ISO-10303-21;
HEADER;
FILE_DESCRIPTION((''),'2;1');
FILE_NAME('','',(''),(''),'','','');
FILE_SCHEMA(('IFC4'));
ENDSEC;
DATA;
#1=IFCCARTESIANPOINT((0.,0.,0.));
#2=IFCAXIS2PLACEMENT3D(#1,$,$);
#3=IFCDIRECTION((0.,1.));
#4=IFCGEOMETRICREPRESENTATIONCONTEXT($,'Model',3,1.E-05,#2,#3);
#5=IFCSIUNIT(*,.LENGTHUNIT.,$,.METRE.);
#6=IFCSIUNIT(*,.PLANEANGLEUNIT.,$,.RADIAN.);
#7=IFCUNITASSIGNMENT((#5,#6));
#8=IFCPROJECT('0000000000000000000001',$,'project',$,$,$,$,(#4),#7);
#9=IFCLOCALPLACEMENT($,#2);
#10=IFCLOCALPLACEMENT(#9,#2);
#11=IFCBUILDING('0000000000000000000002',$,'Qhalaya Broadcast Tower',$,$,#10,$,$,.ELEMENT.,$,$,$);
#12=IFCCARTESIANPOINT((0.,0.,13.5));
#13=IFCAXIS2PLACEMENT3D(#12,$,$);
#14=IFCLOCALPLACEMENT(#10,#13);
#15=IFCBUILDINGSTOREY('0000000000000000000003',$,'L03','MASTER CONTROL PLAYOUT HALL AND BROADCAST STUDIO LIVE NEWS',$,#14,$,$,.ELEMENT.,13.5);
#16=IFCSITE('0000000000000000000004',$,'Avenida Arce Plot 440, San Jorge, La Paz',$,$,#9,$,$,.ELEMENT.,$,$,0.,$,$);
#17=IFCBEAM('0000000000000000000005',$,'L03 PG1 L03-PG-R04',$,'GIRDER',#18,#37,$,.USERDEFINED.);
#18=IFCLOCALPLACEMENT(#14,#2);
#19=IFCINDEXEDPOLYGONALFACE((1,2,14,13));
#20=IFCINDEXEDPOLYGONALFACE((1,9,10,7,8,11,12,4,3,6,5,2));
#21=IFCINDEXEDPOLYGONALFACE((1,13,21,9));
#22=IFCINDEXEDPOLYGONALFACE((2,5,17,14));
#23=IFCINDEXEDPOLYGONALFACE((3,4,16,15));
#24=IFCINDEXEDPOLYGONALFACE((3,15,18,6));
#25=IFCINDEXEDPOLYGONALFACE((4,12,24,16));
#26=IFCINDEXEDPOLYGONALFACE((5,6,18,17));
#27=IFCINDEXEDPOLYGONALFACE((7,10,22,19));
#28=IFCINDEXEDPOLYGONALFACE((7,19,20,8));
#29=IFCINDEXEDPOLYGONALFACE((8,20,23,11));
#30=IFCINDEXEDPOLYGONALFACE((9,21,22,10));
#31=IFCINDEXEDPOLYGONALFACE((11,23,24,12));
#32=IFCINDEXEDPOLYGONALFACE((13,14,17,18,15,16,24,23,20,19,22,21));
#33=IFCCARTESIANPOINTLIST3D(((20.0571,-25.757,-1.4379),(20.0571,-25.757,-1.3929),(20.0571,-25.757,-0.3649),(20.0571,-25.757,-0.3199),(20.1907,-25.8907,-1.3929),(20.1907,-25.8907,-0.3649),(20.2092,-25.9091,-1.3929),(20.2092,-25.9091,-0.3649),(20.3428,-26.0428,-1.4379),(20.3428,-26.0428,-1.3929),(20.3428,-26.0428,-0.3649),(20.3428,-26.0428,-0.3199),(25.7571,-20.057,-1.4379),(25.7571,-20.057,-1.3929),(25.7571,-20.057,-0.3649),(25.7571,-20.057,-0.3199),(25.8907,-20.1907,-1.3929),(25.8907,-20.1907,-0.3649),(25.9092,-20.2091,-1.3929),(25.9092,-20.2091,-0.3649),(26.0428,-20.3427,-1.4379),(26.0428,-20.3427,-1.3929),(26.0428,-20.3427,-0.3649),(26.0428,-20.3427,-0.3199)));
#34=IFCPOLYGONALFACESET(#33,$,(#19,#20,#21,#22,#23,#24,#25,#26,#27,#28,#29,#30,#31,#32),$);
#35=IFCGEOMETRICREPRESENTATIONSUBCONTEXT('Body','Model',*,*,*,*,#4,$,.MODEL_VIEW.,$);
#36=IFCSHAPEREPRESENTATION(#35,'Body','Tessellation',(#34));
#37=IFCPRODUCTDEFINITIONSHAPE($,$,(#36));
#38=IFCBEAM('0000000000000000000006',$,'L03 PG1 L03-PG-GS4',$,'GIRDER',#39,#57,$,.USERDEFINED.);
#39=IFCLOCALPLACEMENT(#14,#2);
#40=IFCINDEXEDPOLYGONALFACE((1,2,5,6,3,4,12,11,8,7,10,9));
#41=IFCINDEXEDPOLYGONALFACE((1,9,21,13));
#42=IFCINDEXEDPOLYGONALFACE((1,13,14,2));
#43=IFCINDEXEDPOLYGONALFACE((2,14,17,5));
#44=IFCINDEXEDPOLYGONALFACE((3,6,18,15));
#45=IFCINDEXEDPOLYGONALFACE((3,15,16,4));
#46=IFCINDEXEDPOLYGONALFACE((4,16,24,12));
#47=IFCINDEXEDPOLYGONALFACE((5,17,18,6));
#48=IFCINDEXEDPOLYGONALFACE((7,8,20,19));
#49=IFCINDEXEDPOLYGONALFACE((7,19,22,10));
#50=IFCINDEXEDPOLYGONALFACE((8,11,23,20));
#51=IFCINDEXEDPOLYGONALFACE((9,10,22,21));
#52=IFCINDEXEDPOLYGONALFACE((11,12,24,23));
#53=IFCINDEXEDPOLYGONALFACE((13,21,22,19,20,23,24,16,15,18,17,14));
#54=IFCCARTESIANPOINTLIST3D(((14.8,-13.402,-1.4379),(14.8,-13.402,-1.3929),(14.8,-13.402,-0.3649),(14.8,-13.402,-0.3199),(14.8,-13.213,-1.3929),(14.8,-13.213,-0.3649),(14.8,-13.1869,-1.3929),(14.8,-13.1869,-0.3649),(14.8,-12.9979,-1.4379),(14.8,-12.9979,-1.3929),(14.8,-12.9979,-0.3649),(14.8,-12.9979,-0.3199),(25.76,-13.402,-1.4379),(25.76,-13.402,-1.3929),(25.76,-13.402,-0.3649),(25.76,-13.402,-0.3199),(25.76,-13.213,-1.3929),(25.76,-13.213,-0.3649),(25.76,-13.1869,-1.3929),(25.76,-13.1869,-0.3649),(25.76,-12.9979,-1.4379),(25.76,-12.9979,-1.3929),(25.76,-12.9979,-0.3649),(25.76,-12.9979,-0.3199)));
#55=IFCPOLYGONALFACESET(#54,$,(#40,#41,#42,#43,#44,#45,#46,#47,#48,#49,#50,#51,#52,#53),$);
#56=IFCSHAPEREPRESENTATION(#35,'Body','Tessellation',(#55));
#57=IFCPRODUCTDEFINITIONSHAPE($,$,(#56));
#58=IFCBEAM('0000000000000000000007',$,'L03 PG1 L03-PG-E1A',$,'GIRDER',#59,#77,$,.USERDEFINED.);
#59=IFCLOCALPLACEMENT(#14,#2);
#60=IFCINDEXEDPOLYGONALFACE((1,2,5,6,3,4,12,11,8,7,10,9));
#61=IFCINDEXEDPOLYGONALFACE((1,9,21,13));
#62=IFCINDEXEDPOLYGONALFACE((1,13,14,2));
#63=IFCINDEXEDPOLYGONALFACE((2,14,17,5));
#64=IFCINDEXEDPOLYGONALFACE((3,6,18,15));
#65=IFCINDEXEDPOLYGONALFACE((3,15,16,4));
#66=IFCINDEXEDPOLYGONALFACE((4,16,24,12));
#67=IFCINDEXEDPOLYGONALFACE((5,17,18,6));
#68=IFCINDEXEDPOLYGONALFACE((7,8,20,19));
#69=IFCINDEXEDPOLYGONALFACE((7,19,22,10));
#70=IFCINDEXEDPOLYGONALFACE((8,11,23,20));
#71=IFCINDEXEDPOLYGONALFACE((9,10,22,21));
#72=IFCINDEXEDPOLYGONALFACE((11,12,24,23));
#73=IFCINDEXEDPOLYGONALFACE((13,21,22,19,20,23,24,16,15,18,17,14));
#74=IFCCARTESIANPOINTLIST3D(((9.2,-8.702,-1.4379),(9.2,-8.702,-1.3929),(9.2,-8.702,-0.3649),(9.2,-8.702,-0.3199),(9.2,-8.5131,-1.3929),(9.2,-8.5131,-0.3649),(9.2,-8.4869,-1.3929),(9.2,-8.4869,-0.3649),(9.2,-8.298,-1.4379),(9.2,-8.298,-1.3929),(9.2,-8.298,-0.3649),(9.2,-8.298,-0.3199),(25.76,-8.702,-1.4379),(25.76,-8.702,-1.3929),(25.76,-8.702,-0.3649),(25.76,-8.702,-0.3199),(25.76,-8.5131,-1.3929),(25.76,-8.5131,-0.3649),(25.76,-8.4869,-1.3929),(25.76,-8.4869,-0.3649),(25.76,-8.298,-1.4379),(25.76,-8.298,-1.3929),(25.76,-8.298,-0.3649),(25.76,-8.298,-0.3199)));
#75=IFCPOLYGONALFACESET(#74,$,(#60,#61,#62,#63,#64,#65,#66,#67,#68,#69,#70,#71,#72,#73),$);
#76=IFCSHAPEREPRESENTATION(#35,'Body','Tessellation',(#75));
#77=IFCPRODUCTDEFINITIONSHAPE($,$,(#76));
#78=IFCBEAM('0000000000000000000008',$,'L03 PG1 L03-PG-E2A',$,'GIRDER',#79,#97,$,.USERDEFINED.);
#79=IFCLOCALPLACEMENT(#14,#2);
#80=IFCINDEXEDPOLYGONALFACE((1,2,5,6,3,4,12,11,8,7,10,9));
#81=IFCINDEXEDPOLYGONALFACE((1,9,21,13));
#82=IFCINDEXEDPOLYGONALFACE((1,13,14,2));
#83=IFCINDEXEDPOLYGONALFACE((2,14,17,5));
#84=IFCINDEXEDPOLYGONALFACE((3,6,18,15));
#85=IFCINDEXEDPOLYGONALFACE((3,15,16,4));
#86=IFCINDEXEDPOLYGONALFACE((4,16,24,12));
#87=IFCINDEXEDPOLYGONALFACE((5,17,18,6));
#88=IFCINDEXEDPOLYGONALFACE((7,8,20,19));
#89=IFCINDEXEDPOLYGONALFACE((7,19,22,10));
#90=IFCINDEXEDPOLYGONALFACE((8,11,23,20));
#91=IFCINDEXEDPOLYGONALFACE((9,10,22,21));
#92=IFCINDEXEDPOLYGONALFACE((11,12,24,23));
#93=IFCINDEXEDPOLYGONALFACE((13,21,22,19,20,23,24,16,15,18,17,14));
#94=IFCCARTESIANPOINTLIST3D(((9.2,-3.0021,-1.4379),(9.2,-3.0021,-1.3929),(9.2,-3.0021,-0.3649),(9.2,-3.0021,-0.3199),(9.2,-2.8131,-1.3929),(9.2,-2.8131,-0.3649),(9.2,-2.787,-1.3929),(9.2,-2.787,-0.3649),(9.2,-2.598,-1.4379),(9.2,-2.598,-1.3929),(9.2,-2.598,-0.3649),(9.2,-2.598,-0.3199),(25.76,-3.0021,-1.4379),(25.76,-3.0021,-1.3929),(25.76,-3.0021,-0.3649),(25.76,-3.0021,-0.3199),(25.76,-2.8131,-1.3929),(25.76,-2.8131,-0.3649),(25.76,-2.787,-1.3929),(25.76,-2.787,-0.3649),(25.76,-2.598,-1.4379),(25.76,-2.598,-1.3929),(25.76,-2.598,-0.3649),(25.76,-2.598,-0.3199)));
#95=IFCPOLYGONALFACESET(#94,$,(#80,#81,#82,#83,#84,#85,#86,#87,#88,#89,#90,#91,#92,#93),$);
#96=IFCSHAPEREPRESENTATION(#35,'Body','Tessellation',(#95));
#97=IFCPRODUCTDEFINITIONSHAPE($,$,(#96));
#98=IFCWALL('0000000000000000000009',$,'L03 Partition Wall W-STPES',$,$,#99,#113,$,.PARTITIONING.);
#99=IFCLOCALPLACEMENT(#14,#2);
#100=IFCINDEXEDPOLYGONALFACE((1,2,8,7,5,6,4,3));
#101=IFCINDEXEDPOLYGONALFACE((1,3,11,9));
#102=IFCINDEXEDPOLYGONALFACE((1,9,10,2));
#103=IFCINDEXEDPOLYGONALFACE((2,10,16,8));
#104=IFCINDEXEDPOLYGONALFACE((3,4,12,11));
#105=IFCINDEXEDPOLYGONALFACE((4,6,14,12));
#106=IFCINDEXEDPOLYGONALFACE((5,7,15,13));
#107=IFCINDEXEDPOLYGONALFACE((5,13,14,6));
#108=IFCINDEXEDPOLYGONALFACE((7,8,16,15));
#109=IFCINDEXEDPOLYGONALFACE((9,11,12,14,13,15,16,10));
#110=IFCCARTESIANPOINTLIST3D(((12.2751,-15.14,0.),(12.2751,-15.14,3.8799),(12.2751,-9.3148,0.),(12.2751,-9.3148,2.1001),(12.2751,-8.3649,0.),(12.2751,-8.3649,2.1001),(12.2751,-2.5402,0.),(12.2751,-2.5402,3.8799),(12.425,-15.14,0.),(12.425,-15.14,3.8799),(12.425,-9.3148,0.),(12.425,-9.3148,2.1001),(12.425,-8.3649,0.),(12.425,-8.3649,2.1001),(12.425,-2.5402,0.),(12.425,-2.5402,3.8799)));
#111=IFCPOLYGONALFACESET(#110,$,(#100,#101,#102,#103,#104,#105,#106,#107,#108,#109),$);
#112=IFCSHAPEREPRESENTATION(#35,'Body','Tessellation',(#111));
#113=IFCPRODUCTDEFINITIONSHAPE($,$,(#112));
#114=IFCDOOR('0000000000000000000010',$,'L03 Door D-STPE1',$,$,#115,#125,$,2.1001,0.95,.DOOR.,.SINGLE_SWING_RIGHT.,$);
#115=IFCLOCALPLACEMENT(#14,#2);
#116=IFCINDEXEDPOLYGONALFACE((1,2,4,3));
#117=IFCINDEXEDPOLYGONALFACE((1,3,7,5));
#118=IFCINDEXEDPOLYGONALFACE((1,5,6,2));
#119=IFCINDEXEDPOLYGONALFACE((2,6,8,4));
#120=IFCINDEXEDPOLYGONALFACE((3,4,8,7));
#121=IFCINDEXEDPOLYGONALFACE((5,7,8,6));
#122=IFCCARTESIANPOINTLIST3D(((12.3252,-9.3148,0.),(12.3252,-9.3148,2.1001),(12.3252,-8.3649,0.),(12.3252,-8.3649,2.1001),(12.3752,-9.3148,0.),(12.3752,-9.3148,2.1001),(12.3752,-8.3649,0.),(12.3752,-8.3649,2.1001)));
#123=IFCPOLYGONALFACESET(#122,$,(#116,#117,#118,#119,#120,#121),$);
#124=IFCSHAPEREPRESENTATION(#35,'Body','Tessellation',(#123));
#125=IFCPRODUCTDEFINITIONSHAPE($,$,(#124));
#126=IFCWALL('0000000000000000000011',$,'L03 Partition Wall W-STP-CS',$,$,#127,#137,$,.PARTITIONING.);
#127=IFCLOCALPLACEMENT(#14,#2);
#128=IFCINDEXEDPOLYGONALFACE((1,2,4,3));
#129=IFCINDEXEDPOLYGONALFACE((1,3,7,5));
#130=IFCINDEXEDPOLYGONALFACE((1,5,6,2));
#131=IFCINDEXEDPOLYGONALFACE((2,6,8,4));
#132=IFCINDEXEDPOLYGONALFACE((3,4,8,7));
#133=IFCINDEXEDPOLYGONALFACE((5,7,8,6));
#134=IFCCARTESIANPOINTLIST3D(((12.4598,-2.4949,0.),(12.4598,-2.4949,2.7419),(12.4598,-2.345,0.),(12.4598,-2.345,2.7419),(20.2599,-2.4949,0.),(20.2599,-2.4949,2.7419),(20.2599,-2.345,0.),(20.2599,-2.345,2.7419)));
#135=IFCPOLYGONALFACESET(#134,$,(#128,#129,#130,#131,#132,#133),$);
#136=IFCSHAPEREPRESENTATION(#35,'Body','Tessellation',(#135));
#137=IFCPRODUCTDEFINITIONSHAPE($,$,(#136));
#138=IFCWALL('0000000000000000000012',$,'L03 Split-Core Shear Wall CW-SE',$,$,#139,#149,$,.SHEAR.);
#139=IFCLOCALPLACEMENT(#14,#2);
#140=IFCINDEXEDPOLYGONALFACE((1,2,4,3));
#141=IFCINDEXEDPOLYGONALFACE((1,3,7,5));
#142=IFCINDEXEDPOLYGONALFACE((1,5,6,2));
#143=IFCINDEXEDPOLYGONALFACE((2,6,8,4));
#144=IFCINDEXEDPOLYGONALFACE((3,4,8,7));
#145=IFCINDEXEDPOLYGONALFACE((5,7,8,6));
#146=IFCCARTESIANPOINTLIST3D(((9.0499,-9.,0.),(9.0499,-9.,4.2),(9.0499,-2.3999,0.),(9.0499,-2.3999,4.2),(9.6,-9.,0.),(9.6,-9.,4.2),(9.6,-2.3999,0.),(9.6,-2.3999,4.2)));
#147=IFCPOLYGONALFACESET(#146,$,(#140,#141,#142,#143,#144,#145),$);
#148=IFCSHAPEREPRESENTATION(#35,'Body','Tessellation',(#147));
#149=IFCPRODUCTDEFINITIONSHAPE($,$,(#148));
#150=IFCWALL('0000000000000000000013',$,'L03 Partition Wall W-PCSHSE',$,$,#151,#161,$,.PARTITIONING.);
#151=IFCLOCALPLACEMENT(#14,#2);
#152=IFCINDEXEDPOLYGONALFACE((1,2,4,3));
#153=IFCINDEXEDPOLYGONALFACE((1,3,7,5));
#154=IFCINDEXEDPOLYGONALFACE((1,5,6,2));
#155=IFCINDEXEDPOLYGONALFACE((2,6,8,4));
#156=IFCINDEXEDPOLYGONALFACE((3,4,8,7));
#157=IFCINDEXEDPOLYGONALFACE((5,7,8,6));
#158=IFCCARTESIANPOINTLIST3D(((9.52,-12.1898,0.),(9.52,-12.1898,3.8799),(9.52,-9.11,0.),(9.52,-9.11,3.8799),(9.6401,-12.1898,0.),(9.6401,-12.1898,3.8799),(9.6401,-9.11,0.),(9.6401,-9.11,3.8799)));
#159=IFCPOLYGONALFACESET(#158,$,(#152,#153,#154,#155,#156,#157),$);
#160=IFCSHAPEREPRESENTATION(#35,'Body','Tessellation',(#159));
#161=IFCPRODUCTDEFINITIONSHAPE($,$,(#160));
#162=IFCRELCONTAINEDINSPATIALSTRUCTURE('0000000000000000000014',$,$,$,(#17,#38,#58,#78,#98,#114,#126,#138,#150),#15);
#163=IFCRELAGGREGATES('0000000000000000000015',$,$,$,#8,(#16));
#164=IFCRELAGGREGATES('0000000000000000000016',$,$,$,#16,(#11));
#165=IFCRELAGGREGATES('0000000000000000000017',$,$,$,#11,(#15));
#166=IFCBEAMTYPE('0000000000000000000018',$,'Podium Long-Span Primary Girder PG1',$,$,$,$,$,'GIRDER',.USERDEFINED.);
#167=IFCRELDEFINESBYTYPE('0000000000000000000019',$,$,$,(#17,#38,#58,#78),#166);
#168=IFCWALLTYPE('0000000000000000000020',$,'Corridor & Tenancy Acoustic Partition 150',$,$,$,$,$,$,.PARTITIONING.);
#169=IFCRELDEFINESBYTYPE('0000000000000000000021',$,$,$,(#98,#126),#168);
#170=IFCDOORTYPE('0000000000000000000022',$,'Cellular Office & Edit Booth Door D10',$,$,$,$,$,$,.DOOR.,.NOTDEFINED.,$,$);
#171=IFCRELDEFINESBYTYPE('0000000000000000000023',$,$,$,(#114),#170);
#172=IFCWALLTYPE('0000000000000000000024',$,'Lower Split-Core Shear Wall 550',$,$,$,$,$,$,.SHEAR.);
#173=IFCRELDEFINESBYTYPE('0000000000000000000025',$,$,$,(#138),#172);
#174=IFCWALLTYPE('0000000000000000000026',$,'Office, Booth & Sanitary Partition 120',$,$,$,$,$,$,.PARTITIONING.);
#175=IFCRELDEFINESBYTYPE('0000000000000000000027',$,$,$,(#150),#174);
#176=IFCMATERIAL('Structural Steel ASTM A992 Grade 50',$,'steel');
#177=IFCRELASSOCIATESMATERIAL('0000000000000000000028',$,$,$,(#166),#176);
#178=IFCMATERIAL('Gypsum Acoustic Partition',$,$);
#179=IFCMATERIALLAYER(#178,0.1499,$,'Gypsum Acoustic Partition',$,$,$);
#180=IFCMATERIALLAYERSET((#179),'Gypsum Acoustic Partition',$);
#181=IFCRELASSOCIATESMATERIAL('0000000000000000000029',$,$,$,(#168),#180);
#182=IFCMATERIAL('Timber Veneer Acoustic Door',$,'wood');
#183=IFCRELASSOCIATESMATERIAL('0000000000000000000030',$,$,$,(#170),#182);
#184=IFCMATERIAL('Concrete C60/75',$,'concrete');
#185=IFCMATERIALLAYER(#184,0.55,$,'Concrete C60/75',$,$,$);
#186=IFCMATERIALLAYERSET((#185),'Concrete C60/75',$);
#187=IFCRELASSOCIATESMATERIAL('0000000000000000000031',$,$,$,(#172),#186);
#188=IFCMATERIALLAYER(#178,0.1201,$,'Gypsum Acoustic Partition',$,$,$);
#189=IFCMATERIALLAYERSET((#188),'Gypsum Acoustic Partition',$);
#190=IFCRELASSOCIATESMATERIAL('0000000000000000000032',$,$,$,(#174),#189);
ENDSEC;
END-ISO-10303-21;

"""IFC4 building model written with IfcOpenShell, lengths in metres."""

from ifc_helpers import new_model, si_unit, direction, frame, frame_2d, origin, origin_2d, place, context, subcontext, project, spatial, rectangle, i_section, extrude, material, layer, layer_set, material_profile, profile_set, type_object, element, fill, save


model = new_model("IFC4")

# Units and contexts
model_context = context("Model", 3, precision=1e-05, world=origin(), true_north=direction((0.0, 1.0)))
body_context = subcontext(model_context, "Body", "Model", "MODEL_VIEW")
ifc_project = project(units=[si_unit("LENGTHUNIT", "METRE"), si_unit("PLANEANGLEUNIT", "RADIAN")], contexts=[model_context])

# Site, building, storey
site_placement = place(None, origin())
site = spatial("IfcSite", under=ifc_project, at=site_placement, Name="Avenida Arce Plot 440, San Jorge, La Paz", CompositionType="ELEMENT", RefElevation=0.0)
building_placement = place(site_placement, origin())
building = spatial("IfcBuilding", under=site, at=building_placement, Name="Qhalaya Broadcast Tower", CompositionType="ELEMENT")
storey_placement = place(building_placement, frame((0.0, 0.0, 13.5)))
storey = spatial("IfcBuildingStorey", under=building, at=storey_placement, Name="L03", Description="MASTER CONTROL PLAYOUT HALL AND BROADCAST STUDIO LIVE NEWS", CompositionType="ELEMENT", Elevation=13.5)

# Shared definitions
ifc_material_1 = material(Name="Concrete C60/75", Category="concrete")

# Beams
ifc_material_2 = material(Name="Structural Steel ASTM A992 Grade 50", Category="steel")
ifc_material_profile_1 = material_profile(ifc_material_2, i_section(OverallWidth=0.4041, OverallDepth=1.1179, WebThickness=0.0261, FlangeThickness=0.0449, at=origin_2d()), Name="W44X335")
ifc_profile_set_1 = profile_set([ifc_material_profile_1], Name="Structural Steel ASTM A992 Grade 50")
beam_type_1 = type_object("IfcBeamType", Name="Podium Long-Span Primary Girder PG1", ElementType="GIRDER", PredefinedType="USERDEFINED", material=ifc_profile_set_1)
beam_1_placement = place(storey_placement, frame((20.2, -25.8999, -0.8789), z_axis=(0.707107, 0.707107, 0.0), x_axis=(-0.707107, 0.707107, 0.0)))
element("IfcBeam", 1, at=beam_1_placement, inside=storey, type_object=beam_type_1, Name="L03 PG1 L03-PG-R04", ObjectType="GIRDER", PredefinedType="USERDEFINED", context=body_context, shape_type="SweptSolid", body=[
    extrude(i_section(OverallWidth=0.4041, OverallDepth=1.1179, WebThickness=0.0261, FlangeThickness=0.0449, at=origin_2d()), origin(), (0.0, 0.0, 1.0), 8.061),
])
beam_2_placement = place(storey_placement, frame((14.8, -13.2, -0.8789), z_axis=(1.0, 0.0, 0.0), x_axis=(0.0, 1.0, 0.0)))
element("IfcBeam", 2, at=beam_2_placement, inside=storey, type_object=beam_type_1, Name="L03 PG1 L03-PG-GS4", ObjectType="GIRDER", PredefinedType="USERDEFINED", context=body_context, shape_type="SweptSolid", body=[
    extrude(i_section(OverallWidth=0.4041, OverallDepth=1.1179, WebThickness=0.0261, FlangeThickness=0.0449, at=origin_2d()), origin(), (0.0, 0.0, 1.0), 10.96),
])
for number, where, z_axis, x_axis, name in (
    (3, (9.2, -8.5, -0.8789), (1.0, 0.0, 0.0), (0.0, 1.0, 0.0), "L03 PG1 L03-PG-E1A"),
    (4, (9.2, -2.8, -0.8789), (1.0, 0.0, 0.0), (0.0, 1.0, 0.0), "L03 PG1 L03-PG-E2A"),
):
    element("IfcBeam", number, at=place(storey_placement, frame(where, z_axis=z_axis, x_axis=x_axis)), inside=storey, type_object=beam_type_1, Name=name, ObjectType="GIRDER", PredefinedType="USERDEFINED", context=body_context, shape_type="SweptSolid", body=[
        extrude(i_section(OverallWidth=0.4041, OverallDepth=1.1179, WebThickness=0.0261, FlangeThickness=0.0449, at=origin_2d()), origin(), (0.0, 0.0, 1.0), 16.5601),
    ])

# Wall, opening, door
ifc_material_3 = material(Name="Gypsum Acoustic Partition")
ifc_layer_1 = layer(ifc_material_3, 0.1499, Name="Gypsum Acoustic Partition")
ifc_layer_set_1 = layer_set([ifc_layer_1], Name="Gypsum Acoustic Partition")
wall_type_1 = type_object("IfcWallType", Name="Corridor & Tenancy Acoustic Partition 150", PredefinedType="PARTITIONING", material=ifc_layer_set_1)
wall_1_placement = place(storey_placement, frame((12.3501, -15.1399, 0.0), z_axis=(0.0, 0.0, 1.0), x_axis=(0.0, 1.0, 0.0)))
wall_1 = element("IfcWall", 5, at=wall_1_placement, inside=storey, type_object=wall_type_1, Name="L03 Partition Wall W-STPES", PredefinedType="PARTITIONING", context=body_context, shape_type="SweptSolid", body=[
    extrude(rectangle(XDim=12.5999, YDim=0.1499, at=frame_2d((6.2998, 0.0))), origin(), (0.0, 0.0, 1.0), 3.8799),
])
opening_placement = place(wall_1_placement, frame((5.825, 0.0, 0.0)))
opening = element("IfcOpeningElement", 6, at=opening_placement, cuts=wall_1, PredefinedType="OPENING", context=body_context, shape_type="SweptSolid", body=[
    extrude(rectangle(XDim=0.95, YDim=2.1001, at=frame_2d((0.4751, 1.05))), frame((0.0, 0.0869, 0.0), z_axis=(0.0, -1.0, 0.0), x_axis=(1.0, 0.0, 0.0)), (0.0, 0.0, 1.0), 0.1738),
])
ifc_material_4 = material(Name="Timber Veneer Acoustic Door", Category="wood")
door_type = type_object("IfcDoorType", Name="Cellular Office & Edit Booth Door D10", OperationType="NOTDEFINED", PredefinedType="DOOR", material=ifc_material_4)
door_placement = place(opening_placement, origin())
door = element("IfcDoor", 7, at=door_placement, inside=storey, type_object=door_type, Name="L03 Door D-STPE1", OperationType="SINGLE_SWING_RIGHT", OverallHeight=2.1001, OverallWidth=0.95, PredefinedType="DOOR", context=body_context, shape_type="SweptSolid", body=[
    extrude(rectangle(XDim=0.95, YDim=2.1001, at=frame_2d((0.4751, 1.05))), frame((0.0, 0.0249, 0.0), z_axis=(0.0, -1.0, 0.0), x_axis=(1.0, 0.0, 0.0)), (0.0, 0.0, 1.0), 0.05),
])
fill(opening, door)

# Walls
wall_2_placement = place(storey_placement, frame((12.46, -2.4199, 0.0), z_axis=(0.0, 0.0, 1.0), x_axis=(1.0, 0.0, 0.0)))
element("IfcWall", 8, at=wall_2_placement, inside=storey, type_object=wall_type_1, Name="L03 Partition Wall W-STP-CS", PredefinedType="PARTITIONING", context=body_context, shape_type="SweptSolid", body=[
    extrude(rectangle(XDim=7.8, YDim=0.1499, at=frame_2d((3.8999, 0.0))), origin(), (0.0, 0.0, 1.0), 2.7419),
])
ifc_layer_2 = layer(ifc_material_1, 0.55, Name="Concrete C60/75")
ifc_layer_set_2 = layer_set([ifc_layer_2], Name="Concrete C60/75")
wall_type_2 = type_object("IfcWallType", Name="Lower Split-Core Shear Wall 550", PredefinedType="SHEAR", material=ifc_layer_set_2)
wall_3_placement = place(storey_placement, frame((9.325, -9.0, 0.0), z_axis=(0.0, 0.0, 1.0), x_axis=(0.0, 1.0, 0.0)))
element("IfcWall", 9, at=wall_3_placement, inside=storey, type_object=wall_type_2, Name="L03 Split-Core Shear Wall CW-SE", PredefinedType="SHEAR", context=body_context, shape_type="SweptSolid", body=[
    extrude(rectangle(XDim=6.6001, YDim=0.55, at=frame_2d((3.3, 0.0))), origin(), (0.0, 0.0, 1.0), 4.2),
])
ifc_layer_3 = layer(ifc_material_3, 0.1201, Name="Gypsum Acoustic Partition")
ifc_layer_set_3 = layer_set([ifc_layer_3], Name="Gypsum Acoustic Partition")
wall_type_3 = type_object("IfcWallType", Name="Office, Booth & Sanitary Partition 120", PredefinedType="PARTITIONING", material=ifc_layer_set_3)
wall_4_placement = place(storey_placement, frame((9.5801, -12.1899, 0.0), z_axis=(0.0, 0.0, 1.0), x_axis=(0.0, 1.0, 0.0)))
element("IfcWall", 10, at=wall_4_placement, inside=storey, type_object=wall_type_3, Name="L03 Partition Wall W-PCSHSE", PredefinedType="PARTITIONING", context=body_context, shape_type="SweptSolid", body=[
    extrude(rectangle(XDim=3.0798, YDim=0.1201, at=frame_2d((1.54, 0.0))), origin(), (0.0, 0.0, 1.0), 3.8799),
])

save(model, "model.ifc")
